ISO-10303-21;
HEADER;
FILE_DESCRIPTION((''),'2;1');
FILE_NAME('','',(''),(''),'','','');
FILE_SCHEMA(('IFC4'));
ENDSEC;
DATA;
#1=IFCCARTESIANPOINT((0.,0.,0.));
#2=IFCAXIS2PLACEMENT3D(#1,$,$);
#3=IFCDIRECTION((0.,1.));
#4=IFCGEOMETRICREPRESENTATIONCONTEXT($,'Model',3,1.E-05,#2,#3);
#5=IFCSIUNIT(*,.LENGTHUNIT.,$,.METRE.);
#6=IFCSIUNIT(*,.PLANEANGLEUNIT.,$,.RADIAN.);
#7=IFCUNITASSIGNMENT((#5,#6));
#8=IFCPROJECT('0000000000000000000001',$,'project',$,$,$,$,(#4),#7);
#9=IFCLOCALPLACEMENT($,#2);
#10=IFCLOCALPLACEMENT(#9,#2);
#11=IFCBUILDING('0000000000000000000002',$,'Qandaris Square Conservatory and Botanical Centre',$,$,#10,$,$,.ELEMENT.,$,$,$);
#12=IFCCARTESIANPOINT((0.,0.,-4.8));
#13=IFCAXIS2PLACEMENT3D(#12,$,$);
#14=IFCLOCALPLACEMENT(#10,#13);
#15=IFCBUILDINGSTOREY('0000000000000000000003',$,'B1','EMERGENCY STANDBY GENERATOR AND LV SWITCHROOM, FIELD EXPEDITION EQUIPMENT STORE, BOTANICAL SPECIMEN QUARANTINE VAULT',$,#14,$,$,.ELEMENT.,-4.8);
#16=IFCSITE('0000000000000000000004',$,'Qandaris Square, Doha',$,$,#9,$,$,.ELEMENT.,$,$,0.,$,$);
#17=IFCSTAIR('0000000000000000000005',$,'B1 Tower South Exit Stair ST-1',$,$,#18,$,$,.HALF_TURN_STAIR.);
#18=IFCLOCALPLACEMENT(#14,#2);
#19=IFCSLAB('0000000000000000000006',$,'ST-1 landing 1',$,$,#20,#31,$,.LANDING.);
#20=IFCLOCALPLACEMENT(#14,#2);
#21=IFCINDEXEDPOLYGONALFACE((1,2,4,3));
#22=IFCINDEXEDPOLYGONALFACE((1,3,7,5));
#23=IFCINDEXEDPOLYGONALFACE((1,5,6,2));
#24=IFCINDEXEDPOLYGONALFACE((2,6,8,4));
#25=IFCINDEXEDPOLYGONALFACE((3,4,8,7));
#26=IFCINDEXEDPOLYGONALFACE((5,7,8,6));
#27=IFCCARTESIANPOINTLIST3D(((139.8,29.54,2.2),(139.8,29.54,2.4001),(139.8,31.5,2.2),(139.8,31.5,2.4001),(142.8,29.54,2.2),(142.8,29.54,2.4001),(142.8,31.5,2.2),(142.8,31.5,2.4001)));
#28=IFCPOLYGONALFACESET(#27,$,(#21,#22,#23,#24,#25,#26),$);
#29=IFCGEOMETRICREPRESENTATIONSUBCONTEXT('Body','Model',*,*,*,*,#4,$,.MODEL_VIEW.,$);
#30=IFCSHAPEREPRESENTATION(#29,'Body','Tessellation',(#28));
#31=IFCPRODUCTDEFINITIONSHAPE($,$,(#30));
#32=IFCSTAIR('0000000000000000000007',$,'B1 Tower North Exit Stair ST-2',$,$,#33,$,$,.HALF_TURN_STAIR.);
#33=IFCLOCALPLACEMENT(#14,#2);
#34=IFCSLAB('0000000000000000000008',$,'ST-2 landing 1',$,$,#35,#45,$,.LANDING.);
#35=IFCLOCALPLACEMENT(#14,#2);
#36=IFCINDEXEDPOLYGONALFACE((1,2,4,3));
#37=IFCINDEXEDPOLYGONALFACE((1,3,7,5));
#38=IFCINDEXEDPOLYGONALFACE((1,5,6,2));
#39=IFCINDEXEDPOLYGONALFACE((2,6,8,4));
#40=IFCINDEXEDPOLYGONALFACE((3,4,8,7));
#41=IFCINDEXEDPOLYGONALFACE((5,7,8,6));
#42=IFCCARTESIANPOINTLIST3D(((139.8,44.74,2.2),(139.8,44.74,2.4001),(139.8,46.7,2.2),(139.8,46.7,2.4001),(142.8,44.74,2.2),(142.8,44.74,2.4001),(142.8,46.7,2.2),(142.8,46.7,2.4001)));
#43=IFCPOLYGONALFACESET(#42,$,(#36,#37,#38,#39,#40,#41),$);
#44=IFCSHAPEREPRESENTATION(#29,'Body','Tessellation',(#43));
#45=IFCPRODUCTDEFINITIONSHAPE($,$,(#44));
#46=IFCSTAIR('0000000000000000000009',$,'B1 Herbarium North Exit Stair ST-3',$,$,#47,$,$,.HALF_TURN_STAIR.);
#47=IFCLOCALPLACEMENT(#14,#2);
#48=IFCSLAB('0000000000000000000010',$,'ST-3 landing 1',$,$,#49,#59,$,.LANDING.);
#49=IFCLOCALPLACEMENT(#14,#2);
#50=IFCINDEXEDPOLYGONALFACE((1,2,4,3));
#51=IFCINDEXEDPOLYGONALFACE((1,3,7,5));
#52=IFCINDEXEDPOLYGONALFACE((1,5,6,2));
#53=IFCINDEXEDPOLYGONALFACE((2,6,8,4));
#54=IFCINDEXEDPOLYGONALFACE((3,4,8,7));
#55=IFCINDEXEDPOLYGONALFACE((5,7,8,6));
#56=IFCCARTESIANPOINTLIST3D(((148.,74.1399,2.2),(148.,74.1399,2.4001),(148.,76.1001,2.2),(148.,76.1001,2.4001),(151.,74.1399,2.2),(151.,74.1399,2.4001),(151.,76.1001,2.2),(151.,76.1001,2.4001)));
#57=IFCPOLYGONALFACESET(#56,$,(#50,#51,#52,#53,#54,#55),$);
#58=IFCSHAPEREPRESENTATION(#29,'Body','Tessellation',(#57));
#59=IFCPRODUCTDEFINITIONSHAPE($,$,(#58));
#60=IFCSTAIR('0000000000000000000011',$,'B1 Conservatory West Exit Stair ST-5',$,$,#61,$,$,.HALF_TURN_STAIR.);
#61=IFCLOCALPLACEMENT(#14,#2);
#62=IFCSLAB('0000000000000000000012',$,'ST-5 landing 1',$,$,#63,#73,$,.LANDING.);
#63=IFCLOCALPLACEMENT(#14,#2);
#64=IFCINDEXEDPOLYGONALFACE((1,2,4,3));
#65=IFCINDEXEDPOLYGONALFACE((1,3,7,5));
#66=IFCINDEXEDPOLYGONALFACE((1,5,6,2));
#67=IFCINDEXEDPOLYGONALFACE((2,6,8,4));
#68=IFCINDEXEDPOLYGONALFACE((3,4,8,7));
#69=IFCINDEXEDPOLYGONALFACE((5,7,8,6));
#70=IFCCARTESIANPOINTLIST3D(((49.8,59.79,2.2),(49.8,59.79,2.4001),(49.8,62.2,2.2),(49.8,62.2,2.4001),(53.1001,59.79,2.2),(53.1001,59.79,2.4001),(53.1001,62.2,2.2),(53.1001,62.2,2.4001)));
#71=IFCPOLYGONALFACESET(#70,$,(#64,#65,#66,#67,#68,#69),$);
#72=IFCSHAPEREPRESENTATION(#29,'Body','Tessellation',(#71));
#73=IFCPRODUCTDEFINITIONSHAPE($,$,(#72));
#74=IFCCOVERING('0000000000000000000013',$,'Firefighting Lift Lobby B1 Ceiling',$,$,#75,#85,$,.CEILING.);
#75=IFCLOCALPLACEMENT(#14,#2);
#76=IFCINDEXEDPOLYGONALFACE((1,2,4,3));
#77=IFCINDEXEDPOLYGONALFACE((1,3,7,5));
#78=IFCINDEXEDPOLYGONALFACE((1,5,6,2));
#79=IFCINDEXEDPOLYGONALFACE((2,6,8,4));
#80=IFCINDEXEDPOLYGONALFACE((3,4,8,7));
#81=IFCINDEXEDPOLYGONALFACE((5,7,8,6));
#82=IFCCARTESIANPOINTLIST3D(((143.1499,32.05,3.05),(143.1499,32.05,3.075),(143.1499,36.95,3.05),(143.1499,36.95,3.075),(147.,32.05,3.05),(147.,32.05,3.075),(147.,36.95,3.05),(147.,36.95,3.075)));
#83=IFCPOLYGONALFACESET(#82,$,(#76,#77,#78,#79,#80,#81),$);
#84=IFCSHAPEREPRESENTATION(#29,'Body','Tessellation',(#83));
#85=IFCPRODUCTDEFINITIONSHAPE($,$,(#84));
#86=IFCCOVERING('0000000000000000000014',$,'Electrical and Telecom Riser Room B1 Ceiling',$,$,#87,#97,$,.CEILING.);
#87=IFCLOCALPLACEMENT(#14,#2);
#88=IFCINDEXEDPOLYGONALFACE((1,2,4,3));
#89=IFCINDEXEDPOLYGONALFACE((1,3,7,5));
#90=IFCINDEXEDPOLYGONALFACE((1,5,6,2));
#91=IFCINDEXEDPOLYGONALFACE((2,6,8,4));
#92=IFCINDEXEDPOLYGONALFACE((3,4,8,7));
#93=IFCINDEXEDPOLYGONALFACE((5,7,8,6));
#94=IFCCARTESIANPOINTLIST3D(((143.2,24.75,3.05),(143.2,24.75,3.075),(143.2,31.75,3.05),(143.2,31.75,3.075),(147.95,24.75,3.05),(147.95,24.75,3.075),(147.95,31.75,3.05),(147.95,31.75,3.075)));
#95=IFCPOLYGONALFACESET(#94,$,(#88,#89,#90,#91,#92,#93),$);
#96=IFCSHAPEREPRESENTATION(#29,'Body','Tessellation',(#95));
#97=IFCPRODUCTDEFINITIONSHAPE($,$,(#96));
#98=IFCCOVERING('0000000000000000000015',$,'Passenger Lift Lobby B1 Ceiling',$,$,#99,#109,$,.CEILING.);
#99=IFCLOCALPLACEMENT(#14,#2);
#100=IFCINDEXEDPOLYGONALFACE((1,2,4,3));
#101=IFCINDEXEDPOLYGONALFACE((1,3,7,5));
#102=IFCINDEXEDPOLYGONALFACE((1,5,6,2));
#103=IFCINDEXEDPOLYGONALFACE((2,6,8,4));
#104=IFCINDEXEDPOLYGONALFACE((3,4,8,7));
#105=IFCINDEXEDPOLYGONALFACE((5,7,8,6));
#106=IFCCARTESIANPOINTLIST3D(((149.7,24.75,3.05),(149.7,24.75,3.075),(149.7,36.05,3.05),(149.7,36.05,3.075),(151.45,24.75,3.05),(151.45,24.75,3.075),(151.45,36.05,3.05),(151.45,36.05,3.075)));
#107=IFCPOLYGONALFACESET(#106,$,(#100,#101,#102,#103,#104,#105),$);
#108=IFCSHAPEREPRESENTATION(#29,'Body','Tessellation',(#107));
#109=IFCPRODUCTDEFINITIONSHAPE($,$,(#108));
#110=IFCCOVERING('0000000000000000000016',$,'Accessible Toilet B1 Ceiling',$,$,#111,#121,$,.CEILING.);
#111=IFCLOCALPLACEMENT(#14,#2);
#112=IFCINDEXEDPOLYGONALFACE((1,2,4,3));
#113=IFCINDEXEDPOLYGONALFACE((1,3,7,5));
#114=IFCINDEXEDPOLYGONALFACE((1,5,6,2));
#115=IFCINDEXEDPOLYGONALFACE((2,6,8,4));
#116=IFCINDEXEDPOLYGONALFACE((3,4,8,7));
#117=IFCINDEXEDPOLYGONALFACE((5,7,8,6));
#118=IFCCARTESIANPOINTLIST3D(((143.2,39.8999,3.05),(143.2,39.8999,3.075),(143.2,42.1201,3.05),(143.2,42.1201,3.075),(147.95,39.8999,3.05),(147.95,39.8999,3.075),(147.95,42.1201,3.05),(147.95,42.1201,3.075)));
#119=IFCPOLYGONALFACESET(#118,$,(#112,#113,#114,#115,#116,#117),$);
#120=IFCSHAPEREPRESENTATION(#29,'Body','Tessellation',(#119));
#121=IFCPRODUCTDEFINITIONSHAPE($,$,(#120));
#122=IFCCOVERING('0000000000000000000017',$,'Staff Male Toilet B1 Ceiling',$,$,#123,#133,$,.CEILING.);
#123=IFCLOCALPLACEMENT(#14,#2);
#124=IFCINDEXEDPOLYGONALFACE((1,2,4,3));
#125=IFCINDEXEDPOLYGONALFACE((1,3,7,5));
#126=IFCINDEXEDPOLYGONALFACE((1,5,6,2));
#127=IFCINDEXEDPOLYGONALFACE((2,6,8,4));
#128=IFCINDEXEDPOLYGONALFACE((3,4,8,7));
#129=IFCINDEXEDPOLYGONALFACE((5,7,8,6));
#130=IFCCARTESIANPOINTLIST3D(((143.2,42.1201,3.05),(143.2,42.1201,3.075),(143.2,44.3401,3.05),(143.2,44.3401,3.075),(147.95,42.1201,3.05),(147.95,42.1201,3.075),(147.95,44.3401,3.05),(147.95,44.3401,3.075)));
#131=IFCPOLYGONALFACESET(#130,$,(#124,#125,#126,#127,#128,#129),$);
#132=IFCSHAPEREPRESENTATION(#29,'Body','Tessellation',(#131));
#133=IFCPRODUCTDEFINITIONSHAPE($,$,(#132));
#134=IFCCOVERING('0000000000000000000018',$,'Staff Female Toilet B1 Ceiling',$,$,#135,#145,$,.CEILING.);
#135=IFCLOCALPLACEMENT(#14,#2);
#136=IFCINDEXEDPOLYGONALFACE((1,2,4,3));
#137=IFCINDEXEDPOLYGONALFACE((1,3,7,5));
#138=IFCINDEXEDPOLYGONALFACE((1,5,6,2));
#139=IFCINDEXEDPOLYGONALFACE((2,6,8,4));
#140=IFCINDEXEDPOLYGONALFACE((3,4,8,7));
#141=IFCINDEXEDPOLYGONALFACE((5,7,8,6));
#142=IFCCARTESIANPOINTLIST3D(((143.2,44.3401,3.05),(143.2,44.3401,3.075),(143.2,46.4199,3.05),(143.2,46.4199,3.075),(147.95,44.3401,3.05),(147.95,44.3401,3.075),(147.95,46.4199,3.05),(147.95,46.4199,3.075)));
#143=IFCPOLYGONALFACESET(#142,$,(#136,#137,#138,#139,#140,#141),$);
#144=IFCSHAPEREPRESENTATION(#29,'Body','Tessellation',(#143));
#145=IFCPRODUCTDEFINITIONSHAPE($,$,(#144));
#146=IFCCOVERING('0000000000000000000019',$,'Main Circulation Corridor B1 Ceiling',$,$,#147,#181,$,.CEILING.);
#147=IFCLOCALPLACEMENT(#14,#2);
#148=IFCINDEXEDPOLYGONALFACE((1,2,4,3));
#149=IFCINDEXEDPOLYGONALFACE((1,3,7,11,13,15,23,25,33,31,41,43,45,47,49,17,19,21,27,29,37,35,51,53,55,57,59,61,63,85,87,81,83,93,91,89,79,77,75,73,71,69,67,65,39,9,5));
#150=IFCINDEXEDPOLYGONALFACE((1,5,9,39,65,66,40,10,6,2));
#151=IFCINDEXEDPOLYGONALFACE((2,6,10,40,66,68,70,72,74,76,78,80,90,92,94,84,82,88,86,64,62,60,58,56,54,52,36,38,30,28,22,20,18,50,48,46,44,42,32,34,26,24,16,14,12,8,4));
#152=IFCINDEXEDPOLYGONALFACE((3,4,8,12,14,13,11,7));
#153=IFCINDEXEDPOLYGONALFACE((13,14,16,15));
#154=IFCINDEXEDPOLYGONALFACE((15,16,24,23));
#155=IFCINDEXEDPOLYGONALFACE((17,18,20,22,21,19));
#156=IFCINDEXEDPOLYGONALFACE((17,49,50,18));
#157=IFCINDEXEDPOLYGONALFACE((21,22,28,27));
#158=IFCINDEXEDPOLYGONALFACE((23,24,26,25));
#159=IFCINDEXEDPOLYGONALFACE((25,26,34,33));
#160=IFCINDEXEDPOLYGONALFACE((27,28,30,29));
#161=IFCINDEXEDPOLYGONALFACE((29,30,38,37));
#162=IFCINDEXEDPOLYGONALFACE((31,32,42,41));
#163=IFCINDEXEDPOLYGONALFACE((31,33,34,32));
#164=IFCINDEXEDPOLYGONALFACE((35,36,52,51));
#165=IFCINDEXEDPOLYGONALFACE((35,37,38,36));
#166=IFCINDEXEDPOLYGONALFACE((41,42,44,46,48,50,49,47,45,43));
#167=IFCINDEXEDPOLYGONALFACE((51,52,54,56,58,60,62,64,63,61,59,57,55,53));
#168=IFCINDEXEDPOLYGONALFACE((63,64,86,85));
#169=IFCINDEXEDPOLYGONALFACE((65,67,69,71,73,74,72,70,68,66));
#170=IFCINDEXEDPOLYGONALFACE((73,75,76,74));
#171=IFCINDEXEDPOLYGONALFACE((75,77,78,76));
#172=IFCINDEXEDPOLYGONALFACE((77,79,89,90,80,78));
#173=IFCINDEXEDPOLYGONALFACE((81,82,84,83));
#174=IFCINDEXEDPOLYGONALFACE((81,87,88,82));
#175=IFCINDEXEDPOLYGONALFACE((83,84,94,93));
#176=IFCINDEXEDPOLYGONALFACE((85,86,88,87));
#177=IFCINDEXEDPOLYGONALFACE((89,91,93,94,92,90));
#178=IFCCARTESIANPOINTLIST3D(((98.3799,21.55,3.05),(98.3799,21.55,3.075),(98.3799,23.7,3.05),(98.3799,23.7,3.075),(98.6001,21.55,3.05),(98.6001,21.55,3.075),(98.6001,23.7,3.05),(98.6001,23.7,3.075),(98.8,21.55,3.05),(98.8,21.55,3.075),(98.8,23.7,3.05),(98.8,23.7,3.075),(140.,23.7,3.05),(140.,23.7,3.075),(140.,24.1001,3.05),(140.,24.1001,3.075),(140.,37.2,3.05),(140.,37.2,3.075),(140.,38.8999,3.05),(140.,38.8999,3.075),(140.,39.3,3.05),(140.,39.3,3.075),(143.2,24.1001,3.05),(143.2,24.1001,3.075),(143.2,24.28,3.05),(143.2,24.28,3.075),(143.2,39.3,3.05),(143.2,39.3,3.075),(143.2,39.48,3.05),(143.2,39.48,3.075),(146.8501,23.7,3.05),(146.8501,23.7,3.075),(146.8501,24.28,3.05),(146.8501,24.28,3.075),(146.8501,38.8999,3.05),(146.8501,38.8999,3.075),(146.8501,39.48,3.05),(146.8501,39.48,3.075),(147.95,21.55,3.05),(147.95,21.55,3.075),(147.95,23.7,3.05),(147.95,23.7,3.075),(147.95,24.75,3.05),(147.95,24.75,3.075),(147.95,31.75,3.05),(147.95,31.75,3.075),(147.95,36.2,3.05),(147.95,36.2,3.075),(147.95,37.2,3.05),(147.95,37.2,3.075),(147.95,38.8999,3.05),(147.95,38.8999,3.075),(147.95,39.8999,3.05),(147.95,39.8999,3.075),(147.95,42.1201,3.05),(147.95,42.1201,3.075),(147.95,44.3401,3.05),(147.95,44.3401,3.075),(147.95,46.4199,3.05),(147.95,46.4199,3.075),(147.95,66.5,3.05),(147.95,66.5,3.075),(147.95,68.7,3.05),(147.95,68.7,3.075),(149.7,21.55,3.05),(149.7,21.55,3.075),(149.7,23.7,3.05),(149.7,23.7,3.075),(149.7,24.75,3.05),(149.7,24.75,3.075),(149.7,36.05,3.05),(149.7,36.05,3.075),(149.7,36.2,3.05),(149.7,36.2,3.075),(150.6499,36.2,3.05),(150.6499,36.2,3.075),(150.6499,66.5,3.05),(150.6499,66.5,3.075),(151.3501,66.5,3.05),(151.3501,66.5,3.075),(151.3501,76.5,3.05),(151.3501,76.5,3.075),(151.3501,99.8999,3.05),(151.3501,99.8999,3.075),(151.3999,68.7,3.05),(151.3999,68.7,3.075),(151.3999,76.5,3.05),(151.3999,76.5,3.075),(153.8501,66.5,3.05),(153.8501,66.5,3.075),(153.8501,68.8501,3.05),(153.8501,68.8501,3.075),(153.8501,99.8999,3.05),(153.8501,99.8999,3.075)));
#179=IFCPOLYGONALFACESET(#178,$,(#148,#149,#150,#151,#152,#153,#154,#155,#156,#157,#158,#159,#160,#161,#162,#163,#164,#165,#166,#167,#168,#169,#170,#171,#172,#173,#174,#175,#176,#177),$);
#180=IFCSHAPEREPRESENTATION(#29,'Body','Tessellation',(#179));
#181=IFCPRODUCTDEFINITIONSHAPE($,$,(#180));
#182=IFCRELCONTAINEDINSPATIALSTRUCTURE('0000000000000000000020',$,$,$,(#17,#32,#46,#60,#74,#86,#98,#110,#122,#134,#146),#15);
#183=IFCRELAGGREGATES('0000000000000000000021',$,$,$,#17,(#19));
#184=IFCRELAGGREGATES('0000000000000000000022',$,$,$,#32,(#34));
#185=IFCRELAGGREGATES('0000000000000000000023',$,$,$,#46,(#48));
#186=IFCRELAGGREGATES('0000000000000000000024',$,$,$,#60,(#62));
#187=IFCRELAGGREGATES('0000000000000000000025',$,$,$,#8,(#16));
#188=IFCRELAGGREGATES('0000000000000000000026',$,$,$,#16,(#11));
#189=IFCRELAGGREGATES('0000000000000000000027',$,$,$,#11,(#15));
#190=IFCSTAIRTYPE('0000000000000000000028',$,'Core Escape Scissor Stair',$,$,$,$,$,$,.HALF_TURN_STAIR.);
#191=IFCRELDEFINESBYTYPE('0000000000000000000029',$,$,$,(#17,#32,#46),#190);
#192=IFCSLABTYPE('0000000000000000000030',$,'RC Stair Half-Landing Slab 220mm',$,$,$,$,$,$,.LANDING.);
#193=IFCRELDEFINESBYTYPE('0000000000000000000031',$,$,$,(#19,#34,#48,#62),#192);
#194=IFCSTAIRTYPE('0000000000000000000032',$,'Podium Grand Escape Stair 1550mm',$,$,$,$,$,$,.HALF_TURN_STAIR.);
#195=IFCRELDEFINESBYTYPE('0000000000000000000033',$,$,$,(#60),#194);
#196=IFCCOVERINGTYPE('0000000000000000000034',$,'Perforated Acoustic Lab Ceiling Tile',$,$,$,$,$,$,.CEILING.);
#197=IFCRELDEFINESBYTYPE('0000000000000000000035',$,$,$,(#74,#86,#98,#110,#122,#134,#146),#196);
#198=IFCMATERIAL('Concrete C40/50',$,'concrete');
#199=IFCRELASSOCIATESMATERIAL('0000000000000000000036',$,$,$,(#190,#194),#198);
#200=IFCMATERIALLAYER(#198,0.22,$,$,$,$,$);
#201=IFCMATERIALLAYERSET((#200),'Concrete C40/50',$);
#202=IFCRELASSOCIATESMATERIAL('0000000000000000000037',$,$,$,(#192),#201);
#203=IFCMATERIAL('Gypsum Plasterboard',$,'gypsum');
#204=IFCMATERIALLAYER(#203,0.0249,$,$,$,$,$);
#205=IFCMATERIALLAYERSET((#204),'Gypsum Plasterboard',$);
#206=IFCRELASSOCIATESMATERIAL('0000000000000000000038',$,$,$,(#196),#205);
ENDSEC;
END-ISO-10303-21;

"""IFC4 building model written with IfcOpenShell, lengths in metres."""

from ifc_helpers import new_model, si_unit, direction, frame, origin, place, context, subcontext, project, spatial, polyline, outline, extrude, material, layer, layer_set, type_object, element, aggregate, save


model = new_model("IFC4")

# Units and contexts
model_context = context("Model", 3, precision=1e-05, world=origin(), true_north=direction((0.0, 1.0)))
body_context = subcontext(model_context, "Body", "Model", "MODEL_VIEW")
ifc_project = project(units=[si_unit("LENGTHUNIT", "METRE"), si_unit("PLANEANGLEUNIT", "RADIAN")], contexts=[model_context])

# Site, building, storey
site_placement = place(None, origin())
site = spatial("IfcSite", under=ifc_project, at=site_placement, Name="Qandaris Square, Doha", CompositionType="ELEMENT", RefElevation=0.0)
building_placement = place(site_placement, origin())
building = spatial("IfcBuilding", under=site, at=building_placement, Name="Qandaris Square Conservatory and Botanical Centre", CompositionType="ELEMENT")
storey_placement = place(building_placement, frame((0.0, 0.0, -4.8)))
storey = spatial("IfcBuildingStorey", under=building, at=storey_placement, Name="B1", Description="EMERGENCY STANDBY GENERATOR AND LV SWITCHROOM, FIELD EXPEDITION EQUIPMENT STORE, BOTANICAL SPECIMEN QUARANTINE VAULT", CompositionType="ELEMENT", Elevation=-4.8)

# Stairs, slabs
ifc_material_1 = material(Name="Concrete C40/50", Category="concrete")
stair_type_1 = type_object("IfcStairType", Name="Core Escape Scissor Stair", PredefinedType="HALF_TURN_STAIR", material=ifc_material_1)
stair_1_placement = place(storey_placement, origin())
stair_1 = element("IfcStair", 1, at=stair_1_placement, inside=storey, type_object=stair_type_1, Name="B1 Tower South Exit Stair ST-1", PredefinedType="HALF_TURN_STAIR")
ifc_layer_1 = layer(ifc_material_1, 0.22)
ifc_layer_set_1 = layer_set([ifc_layer_1], Name="Concrete C40/50")
slab_type = type_object("IfcSlabType", Name="RC Stair Half-Landing Slab 220mm", PredefinedType="LANDING", material=ifc_layer_set_1)
slab_1_placement = place(storey_placement, frame((0.0, 0.0, 2.2)))
slab_1 = element("IfcSlab", 2, at=slab_1_placement, type_object=slab_type, Name="ST-1 landing 1", PredefinedType="LANDING", context=body_context, shape_type="SweptSolid", body=[
    extrude(outline(polyline([(142.8, 29.54), (142.8, 31.5), (139.8, 31.5), (139.8, 29.54), (142.8, 29.54)])), origin(), (0.0, 0.0, 1.0), 0.2002),
])
aggregate(stair_1, [slab_1])
stair_2_placement = place(storey_placement, origin())
stair_2 = element("IfcStair", 3, at=stair_2_placement, inside=storey, type_object=stair_type_1, Name="B1 Tower North Exit Stair ST-2", PredefinedType="HALF_TURN_STAIR")
slab_2_placement = place(storey_placement, frame((0.0, 0.0, 2.2)))
slab_2 = element("IfcSlab", 4, at=slab_2_placement, type_object=slab_type, Name="ST-2 landing 1", PredefinedType="LANDING", context=body_context, shape_type="SweptSolid", body=[
    extrude(outline(polyline([(142.8, 44.74), (142.8, 46.7), (139.8, 46.7), (139.8, 44.74), (142.8, 44.74)])), origin(), (0.0, 0.0, 1.0), 0.2002),
])
aggregate(stair_2, [slab_2])
stair_3_placement = place(storey_placement, origin())
stair_3 = element("IfcStair", 5, at=stair_3_placement, inside=storey, type_object=stair_type_1, Name="B1 Herbarium North Exit Stair ST-3", PredefinedType="HALF_TURN_STAIR")
slab_3_placement = place(storey_placement, frame((0.0, 0.0, 2.2)))
slab_3 = element("IfcSlab", 6, at=slab_3_placement, type_object=slab_type, Name="ST-3 landing 1", PredefinedType="LANDING", context=body_context, shape_type="SweptSolid", body=[
    extrude(outline(polyline([(151.0, 74.1399), (151.0, 76.1001), (148.0, 76.1001), (148.0, 74.1399), (151.0, 74.1399)])), origin(), (0.0, 0.0, 1.0), 0.2002),
])
aggregate(stair_3, [slab_3])
stair_type_2 = type_object("IfcStairType", Name="Podium Grand Escape Stair 1550mm", PredefinedType="HALF_TURN_STAIR", material=ifc_material_1)
stair_4_placement = place(storey_placement, origin())
stair_4 = element("IfcStair", 7, at=stair_4_placement, inside=storey, type_object=stair_type_2, Name="B1 Conservatory West Exit Stair ST-5", PredefinedType="HALF_TURN_STAIR")
slab_4_placement = place(storey_placement, frame((0.0, 0.0, 2.2)))
slab_4 = element("IfcSlab", 8, at=slab_4_placement, type_object=slab_type, Name="ST-5 landing 1", PredefinedType="LANDING", context=body_context, shape_type="SweptSolid", body=[
    extrude(outline(polyline([(53.1001, 59.79), (53.1001, 62.2), (49.8, 62.2), (49.8, 59.79), (53.1001, 59.79)])), origin(), (0.0, 0.0, 1.0), 0.2002),
])
aggregate(stair_4, [slab_4])

# Coverings
ifc_material_2 = material(Name="Gypsum Plasterboard", Category="gypsum")
ifc_layer_2 = layer(ifc_material_2, 0.0249)
ifc_layer_set_2 = layer_set([ifc_layer_2], Name="Gypsum Plasterboard")
covering_type_1 = type_object("IfcCoveringType", Name="Perforated Acoustic Lab Ceiling Tile", PredefinedType="CEILING", material=ifc_layer_set_2)
covering_1_placement = place(storey_placement, frame((0.0, 0.0, 3.05)))
element("IfcCovering", 9, at=covering_1_placement, inside=storey, type_object=covering_type_1, Name="Firefighting Lift Lobby B1 Ceiling", PredefinedType="CEILING", context=body_context, shape_type="SweptSolid", body=[
    extrude(outline(polyline([(143.1499, 36.95), (147.0, 36.95), (147.0, 32.05), (143.1499, 32.05), (143.1499, 36.95)])), origin(), (0.0, 0.0, 1.0), 0.0249),
])
covering_2_placement = place(storey_placement, frame((0.0, 0.0, 3.05)))
element("IfcCovering", 10, at=covering_2_placement, inside=storey, type_object=covering_type_1, Name="Electrical and Telecom Riser Room B1 Ceiling", PredefinedType="CEILING", context=body_context, shape_type="SweptSolid", body=[
    extrude(outline(polyline([(147.95, 31.75), (147.95, 24.75), (143.2, 24.75), (143.2, 31.75), (147.95, 31.75)])), origin(), (0.0, 0.0, 1.0), 0.0249),
])
covering_3_placement = place(storey_placement, frame((0.0, 0.0, 3.05)))
element("IfcCovering", 11, at=covering_3_placement, inside=storey, type_object=covering_type_1, Name="Passenger Lift Lobby B1 Ceiling", PredefinedType="CEILING", context=body_context, shape_type="SweptSolid", body=[
    extrude(outline(polyline([(149.7, 36.05), (151.45, 36.05), (151.45, 24.75), (149.7, 24.75), (149.7, 36.05)])), origin(), (0.0, 0.0, 1.0), 0.0249),
])
covering_4_placement = place(storey_placement, frame((0.0, 0.0, 3.05)))
element("IfcCovering", 12, at=covering_4_placement, inside=storey, type_object=covering_type_1, Name="Accessible Toilet B1 Ceiling", PredefinedType="CEILING", context=body_context, shape_type="SweptSolid", body=[
    extrude(outline(polyline([(147.95, 42.1201), (147.95, 39.8999), (143.2, 39.8999), (143.2, 42.1201), (147.95, 42.1201)])), origin(), (0.0, 0.0, 1.0), 0.0249),
])
covering_5_placement = place(storey_placement, frame((0.0, 0.0, 3.05)))
element("IfcCovering", 13, at=covering_5_placement, inside=storey, type_object=covering_type_1, Name="Staff Male Toilet B1 Ceiling", PredefinedType="CEILING", context=body_context, shape_type="SweptSolid", body=[
    extrude(outline(polyline([(147.95, 44.3401), (147.95, 42.1201), (143.2, 42.1201), (143.2, 44.3401), (147.95, 44.3401)])), origin(), (0.0, 0.0, 1.0), 0.0249),
])
covering_6_placement = place(storey_placement, frame((0.0, 0.0, 3.05)))
element("IfcCovering", 14, at=covering_6_placement, inside=storey, type_object=covering_type_1, Name="Staff Female Toilet B1 Ceiling", PredefinedType="CEILING", context=body_context, shape_type="SweptSolid", body=[
    extrude(outline(polyline([(147.95, 46.4199), (147.95, 44.3401), (143.2, 44.3401), (143.2, 46.4199), (147.95, 46.4199)])), origin(), (0.0, 0.0, 1.0), 0.0249),
])
covering_7_placement = place(storey_placement, frame((0.0, 0.0, 3.05)))
element("IfcCovering", 15, at=covering_7_placement, inside=storey, type_object=covering_type_1, Name="Main Circulation Corridor B1 Ceiling", PredefinedType="CEILING", context=body_context, shape_type="SweptSolid", body=[
    extrude(outline(polyline([(147.95, 24.75), (147.95, 31.75), (147.95, 36.2), (147.95, 37.2), (140.0, 37.2), (140.0, 38.8999), (140.0, 39.3), (143.2, 39.3), (143.2, 39.48), (146.8501, 39.48), (146.8501, 38.8999), (147.95, 38.8999), (147.95, 39.8999), (147.95, 42.1201), (147.95, 44.3401), (147.95, 46.4199), (147.95, 66.5), (147.95, 68.7), (151.3999, 68.7), (151.3999, 76.5), (151.3501, 76.5), (151.3501, 99.8999), (153.8501, 99.8999), (153.8501, 68.8501), (153.8501, 66.5), (151.3501, 66.5), (150.6499, 66.5), (150.6499, 36.2), (149.7, 36.2), (149.7, 36.05), (149.7, 24.75), (149.7, 23.7), (149.7, 21.55), (147.95, 21.55), (98.8, 21.55), (98.6001, 21.55), (98.3799, 21.55), (98.3799, 23.7), (98.6001, 23.7), (98.8, 23.7), (140.0, 23.7), (140.0, 24.1001), (143.2, 24.1001), (143.2, 24.28), (146.8501, 24.28), (146.8501, 23.7), (147.95, 23.7), (147.95, 24.75)])), origin(), (0.0, 0.0, 1.0), 0.0249),
])

save(model, "model.ifc")
